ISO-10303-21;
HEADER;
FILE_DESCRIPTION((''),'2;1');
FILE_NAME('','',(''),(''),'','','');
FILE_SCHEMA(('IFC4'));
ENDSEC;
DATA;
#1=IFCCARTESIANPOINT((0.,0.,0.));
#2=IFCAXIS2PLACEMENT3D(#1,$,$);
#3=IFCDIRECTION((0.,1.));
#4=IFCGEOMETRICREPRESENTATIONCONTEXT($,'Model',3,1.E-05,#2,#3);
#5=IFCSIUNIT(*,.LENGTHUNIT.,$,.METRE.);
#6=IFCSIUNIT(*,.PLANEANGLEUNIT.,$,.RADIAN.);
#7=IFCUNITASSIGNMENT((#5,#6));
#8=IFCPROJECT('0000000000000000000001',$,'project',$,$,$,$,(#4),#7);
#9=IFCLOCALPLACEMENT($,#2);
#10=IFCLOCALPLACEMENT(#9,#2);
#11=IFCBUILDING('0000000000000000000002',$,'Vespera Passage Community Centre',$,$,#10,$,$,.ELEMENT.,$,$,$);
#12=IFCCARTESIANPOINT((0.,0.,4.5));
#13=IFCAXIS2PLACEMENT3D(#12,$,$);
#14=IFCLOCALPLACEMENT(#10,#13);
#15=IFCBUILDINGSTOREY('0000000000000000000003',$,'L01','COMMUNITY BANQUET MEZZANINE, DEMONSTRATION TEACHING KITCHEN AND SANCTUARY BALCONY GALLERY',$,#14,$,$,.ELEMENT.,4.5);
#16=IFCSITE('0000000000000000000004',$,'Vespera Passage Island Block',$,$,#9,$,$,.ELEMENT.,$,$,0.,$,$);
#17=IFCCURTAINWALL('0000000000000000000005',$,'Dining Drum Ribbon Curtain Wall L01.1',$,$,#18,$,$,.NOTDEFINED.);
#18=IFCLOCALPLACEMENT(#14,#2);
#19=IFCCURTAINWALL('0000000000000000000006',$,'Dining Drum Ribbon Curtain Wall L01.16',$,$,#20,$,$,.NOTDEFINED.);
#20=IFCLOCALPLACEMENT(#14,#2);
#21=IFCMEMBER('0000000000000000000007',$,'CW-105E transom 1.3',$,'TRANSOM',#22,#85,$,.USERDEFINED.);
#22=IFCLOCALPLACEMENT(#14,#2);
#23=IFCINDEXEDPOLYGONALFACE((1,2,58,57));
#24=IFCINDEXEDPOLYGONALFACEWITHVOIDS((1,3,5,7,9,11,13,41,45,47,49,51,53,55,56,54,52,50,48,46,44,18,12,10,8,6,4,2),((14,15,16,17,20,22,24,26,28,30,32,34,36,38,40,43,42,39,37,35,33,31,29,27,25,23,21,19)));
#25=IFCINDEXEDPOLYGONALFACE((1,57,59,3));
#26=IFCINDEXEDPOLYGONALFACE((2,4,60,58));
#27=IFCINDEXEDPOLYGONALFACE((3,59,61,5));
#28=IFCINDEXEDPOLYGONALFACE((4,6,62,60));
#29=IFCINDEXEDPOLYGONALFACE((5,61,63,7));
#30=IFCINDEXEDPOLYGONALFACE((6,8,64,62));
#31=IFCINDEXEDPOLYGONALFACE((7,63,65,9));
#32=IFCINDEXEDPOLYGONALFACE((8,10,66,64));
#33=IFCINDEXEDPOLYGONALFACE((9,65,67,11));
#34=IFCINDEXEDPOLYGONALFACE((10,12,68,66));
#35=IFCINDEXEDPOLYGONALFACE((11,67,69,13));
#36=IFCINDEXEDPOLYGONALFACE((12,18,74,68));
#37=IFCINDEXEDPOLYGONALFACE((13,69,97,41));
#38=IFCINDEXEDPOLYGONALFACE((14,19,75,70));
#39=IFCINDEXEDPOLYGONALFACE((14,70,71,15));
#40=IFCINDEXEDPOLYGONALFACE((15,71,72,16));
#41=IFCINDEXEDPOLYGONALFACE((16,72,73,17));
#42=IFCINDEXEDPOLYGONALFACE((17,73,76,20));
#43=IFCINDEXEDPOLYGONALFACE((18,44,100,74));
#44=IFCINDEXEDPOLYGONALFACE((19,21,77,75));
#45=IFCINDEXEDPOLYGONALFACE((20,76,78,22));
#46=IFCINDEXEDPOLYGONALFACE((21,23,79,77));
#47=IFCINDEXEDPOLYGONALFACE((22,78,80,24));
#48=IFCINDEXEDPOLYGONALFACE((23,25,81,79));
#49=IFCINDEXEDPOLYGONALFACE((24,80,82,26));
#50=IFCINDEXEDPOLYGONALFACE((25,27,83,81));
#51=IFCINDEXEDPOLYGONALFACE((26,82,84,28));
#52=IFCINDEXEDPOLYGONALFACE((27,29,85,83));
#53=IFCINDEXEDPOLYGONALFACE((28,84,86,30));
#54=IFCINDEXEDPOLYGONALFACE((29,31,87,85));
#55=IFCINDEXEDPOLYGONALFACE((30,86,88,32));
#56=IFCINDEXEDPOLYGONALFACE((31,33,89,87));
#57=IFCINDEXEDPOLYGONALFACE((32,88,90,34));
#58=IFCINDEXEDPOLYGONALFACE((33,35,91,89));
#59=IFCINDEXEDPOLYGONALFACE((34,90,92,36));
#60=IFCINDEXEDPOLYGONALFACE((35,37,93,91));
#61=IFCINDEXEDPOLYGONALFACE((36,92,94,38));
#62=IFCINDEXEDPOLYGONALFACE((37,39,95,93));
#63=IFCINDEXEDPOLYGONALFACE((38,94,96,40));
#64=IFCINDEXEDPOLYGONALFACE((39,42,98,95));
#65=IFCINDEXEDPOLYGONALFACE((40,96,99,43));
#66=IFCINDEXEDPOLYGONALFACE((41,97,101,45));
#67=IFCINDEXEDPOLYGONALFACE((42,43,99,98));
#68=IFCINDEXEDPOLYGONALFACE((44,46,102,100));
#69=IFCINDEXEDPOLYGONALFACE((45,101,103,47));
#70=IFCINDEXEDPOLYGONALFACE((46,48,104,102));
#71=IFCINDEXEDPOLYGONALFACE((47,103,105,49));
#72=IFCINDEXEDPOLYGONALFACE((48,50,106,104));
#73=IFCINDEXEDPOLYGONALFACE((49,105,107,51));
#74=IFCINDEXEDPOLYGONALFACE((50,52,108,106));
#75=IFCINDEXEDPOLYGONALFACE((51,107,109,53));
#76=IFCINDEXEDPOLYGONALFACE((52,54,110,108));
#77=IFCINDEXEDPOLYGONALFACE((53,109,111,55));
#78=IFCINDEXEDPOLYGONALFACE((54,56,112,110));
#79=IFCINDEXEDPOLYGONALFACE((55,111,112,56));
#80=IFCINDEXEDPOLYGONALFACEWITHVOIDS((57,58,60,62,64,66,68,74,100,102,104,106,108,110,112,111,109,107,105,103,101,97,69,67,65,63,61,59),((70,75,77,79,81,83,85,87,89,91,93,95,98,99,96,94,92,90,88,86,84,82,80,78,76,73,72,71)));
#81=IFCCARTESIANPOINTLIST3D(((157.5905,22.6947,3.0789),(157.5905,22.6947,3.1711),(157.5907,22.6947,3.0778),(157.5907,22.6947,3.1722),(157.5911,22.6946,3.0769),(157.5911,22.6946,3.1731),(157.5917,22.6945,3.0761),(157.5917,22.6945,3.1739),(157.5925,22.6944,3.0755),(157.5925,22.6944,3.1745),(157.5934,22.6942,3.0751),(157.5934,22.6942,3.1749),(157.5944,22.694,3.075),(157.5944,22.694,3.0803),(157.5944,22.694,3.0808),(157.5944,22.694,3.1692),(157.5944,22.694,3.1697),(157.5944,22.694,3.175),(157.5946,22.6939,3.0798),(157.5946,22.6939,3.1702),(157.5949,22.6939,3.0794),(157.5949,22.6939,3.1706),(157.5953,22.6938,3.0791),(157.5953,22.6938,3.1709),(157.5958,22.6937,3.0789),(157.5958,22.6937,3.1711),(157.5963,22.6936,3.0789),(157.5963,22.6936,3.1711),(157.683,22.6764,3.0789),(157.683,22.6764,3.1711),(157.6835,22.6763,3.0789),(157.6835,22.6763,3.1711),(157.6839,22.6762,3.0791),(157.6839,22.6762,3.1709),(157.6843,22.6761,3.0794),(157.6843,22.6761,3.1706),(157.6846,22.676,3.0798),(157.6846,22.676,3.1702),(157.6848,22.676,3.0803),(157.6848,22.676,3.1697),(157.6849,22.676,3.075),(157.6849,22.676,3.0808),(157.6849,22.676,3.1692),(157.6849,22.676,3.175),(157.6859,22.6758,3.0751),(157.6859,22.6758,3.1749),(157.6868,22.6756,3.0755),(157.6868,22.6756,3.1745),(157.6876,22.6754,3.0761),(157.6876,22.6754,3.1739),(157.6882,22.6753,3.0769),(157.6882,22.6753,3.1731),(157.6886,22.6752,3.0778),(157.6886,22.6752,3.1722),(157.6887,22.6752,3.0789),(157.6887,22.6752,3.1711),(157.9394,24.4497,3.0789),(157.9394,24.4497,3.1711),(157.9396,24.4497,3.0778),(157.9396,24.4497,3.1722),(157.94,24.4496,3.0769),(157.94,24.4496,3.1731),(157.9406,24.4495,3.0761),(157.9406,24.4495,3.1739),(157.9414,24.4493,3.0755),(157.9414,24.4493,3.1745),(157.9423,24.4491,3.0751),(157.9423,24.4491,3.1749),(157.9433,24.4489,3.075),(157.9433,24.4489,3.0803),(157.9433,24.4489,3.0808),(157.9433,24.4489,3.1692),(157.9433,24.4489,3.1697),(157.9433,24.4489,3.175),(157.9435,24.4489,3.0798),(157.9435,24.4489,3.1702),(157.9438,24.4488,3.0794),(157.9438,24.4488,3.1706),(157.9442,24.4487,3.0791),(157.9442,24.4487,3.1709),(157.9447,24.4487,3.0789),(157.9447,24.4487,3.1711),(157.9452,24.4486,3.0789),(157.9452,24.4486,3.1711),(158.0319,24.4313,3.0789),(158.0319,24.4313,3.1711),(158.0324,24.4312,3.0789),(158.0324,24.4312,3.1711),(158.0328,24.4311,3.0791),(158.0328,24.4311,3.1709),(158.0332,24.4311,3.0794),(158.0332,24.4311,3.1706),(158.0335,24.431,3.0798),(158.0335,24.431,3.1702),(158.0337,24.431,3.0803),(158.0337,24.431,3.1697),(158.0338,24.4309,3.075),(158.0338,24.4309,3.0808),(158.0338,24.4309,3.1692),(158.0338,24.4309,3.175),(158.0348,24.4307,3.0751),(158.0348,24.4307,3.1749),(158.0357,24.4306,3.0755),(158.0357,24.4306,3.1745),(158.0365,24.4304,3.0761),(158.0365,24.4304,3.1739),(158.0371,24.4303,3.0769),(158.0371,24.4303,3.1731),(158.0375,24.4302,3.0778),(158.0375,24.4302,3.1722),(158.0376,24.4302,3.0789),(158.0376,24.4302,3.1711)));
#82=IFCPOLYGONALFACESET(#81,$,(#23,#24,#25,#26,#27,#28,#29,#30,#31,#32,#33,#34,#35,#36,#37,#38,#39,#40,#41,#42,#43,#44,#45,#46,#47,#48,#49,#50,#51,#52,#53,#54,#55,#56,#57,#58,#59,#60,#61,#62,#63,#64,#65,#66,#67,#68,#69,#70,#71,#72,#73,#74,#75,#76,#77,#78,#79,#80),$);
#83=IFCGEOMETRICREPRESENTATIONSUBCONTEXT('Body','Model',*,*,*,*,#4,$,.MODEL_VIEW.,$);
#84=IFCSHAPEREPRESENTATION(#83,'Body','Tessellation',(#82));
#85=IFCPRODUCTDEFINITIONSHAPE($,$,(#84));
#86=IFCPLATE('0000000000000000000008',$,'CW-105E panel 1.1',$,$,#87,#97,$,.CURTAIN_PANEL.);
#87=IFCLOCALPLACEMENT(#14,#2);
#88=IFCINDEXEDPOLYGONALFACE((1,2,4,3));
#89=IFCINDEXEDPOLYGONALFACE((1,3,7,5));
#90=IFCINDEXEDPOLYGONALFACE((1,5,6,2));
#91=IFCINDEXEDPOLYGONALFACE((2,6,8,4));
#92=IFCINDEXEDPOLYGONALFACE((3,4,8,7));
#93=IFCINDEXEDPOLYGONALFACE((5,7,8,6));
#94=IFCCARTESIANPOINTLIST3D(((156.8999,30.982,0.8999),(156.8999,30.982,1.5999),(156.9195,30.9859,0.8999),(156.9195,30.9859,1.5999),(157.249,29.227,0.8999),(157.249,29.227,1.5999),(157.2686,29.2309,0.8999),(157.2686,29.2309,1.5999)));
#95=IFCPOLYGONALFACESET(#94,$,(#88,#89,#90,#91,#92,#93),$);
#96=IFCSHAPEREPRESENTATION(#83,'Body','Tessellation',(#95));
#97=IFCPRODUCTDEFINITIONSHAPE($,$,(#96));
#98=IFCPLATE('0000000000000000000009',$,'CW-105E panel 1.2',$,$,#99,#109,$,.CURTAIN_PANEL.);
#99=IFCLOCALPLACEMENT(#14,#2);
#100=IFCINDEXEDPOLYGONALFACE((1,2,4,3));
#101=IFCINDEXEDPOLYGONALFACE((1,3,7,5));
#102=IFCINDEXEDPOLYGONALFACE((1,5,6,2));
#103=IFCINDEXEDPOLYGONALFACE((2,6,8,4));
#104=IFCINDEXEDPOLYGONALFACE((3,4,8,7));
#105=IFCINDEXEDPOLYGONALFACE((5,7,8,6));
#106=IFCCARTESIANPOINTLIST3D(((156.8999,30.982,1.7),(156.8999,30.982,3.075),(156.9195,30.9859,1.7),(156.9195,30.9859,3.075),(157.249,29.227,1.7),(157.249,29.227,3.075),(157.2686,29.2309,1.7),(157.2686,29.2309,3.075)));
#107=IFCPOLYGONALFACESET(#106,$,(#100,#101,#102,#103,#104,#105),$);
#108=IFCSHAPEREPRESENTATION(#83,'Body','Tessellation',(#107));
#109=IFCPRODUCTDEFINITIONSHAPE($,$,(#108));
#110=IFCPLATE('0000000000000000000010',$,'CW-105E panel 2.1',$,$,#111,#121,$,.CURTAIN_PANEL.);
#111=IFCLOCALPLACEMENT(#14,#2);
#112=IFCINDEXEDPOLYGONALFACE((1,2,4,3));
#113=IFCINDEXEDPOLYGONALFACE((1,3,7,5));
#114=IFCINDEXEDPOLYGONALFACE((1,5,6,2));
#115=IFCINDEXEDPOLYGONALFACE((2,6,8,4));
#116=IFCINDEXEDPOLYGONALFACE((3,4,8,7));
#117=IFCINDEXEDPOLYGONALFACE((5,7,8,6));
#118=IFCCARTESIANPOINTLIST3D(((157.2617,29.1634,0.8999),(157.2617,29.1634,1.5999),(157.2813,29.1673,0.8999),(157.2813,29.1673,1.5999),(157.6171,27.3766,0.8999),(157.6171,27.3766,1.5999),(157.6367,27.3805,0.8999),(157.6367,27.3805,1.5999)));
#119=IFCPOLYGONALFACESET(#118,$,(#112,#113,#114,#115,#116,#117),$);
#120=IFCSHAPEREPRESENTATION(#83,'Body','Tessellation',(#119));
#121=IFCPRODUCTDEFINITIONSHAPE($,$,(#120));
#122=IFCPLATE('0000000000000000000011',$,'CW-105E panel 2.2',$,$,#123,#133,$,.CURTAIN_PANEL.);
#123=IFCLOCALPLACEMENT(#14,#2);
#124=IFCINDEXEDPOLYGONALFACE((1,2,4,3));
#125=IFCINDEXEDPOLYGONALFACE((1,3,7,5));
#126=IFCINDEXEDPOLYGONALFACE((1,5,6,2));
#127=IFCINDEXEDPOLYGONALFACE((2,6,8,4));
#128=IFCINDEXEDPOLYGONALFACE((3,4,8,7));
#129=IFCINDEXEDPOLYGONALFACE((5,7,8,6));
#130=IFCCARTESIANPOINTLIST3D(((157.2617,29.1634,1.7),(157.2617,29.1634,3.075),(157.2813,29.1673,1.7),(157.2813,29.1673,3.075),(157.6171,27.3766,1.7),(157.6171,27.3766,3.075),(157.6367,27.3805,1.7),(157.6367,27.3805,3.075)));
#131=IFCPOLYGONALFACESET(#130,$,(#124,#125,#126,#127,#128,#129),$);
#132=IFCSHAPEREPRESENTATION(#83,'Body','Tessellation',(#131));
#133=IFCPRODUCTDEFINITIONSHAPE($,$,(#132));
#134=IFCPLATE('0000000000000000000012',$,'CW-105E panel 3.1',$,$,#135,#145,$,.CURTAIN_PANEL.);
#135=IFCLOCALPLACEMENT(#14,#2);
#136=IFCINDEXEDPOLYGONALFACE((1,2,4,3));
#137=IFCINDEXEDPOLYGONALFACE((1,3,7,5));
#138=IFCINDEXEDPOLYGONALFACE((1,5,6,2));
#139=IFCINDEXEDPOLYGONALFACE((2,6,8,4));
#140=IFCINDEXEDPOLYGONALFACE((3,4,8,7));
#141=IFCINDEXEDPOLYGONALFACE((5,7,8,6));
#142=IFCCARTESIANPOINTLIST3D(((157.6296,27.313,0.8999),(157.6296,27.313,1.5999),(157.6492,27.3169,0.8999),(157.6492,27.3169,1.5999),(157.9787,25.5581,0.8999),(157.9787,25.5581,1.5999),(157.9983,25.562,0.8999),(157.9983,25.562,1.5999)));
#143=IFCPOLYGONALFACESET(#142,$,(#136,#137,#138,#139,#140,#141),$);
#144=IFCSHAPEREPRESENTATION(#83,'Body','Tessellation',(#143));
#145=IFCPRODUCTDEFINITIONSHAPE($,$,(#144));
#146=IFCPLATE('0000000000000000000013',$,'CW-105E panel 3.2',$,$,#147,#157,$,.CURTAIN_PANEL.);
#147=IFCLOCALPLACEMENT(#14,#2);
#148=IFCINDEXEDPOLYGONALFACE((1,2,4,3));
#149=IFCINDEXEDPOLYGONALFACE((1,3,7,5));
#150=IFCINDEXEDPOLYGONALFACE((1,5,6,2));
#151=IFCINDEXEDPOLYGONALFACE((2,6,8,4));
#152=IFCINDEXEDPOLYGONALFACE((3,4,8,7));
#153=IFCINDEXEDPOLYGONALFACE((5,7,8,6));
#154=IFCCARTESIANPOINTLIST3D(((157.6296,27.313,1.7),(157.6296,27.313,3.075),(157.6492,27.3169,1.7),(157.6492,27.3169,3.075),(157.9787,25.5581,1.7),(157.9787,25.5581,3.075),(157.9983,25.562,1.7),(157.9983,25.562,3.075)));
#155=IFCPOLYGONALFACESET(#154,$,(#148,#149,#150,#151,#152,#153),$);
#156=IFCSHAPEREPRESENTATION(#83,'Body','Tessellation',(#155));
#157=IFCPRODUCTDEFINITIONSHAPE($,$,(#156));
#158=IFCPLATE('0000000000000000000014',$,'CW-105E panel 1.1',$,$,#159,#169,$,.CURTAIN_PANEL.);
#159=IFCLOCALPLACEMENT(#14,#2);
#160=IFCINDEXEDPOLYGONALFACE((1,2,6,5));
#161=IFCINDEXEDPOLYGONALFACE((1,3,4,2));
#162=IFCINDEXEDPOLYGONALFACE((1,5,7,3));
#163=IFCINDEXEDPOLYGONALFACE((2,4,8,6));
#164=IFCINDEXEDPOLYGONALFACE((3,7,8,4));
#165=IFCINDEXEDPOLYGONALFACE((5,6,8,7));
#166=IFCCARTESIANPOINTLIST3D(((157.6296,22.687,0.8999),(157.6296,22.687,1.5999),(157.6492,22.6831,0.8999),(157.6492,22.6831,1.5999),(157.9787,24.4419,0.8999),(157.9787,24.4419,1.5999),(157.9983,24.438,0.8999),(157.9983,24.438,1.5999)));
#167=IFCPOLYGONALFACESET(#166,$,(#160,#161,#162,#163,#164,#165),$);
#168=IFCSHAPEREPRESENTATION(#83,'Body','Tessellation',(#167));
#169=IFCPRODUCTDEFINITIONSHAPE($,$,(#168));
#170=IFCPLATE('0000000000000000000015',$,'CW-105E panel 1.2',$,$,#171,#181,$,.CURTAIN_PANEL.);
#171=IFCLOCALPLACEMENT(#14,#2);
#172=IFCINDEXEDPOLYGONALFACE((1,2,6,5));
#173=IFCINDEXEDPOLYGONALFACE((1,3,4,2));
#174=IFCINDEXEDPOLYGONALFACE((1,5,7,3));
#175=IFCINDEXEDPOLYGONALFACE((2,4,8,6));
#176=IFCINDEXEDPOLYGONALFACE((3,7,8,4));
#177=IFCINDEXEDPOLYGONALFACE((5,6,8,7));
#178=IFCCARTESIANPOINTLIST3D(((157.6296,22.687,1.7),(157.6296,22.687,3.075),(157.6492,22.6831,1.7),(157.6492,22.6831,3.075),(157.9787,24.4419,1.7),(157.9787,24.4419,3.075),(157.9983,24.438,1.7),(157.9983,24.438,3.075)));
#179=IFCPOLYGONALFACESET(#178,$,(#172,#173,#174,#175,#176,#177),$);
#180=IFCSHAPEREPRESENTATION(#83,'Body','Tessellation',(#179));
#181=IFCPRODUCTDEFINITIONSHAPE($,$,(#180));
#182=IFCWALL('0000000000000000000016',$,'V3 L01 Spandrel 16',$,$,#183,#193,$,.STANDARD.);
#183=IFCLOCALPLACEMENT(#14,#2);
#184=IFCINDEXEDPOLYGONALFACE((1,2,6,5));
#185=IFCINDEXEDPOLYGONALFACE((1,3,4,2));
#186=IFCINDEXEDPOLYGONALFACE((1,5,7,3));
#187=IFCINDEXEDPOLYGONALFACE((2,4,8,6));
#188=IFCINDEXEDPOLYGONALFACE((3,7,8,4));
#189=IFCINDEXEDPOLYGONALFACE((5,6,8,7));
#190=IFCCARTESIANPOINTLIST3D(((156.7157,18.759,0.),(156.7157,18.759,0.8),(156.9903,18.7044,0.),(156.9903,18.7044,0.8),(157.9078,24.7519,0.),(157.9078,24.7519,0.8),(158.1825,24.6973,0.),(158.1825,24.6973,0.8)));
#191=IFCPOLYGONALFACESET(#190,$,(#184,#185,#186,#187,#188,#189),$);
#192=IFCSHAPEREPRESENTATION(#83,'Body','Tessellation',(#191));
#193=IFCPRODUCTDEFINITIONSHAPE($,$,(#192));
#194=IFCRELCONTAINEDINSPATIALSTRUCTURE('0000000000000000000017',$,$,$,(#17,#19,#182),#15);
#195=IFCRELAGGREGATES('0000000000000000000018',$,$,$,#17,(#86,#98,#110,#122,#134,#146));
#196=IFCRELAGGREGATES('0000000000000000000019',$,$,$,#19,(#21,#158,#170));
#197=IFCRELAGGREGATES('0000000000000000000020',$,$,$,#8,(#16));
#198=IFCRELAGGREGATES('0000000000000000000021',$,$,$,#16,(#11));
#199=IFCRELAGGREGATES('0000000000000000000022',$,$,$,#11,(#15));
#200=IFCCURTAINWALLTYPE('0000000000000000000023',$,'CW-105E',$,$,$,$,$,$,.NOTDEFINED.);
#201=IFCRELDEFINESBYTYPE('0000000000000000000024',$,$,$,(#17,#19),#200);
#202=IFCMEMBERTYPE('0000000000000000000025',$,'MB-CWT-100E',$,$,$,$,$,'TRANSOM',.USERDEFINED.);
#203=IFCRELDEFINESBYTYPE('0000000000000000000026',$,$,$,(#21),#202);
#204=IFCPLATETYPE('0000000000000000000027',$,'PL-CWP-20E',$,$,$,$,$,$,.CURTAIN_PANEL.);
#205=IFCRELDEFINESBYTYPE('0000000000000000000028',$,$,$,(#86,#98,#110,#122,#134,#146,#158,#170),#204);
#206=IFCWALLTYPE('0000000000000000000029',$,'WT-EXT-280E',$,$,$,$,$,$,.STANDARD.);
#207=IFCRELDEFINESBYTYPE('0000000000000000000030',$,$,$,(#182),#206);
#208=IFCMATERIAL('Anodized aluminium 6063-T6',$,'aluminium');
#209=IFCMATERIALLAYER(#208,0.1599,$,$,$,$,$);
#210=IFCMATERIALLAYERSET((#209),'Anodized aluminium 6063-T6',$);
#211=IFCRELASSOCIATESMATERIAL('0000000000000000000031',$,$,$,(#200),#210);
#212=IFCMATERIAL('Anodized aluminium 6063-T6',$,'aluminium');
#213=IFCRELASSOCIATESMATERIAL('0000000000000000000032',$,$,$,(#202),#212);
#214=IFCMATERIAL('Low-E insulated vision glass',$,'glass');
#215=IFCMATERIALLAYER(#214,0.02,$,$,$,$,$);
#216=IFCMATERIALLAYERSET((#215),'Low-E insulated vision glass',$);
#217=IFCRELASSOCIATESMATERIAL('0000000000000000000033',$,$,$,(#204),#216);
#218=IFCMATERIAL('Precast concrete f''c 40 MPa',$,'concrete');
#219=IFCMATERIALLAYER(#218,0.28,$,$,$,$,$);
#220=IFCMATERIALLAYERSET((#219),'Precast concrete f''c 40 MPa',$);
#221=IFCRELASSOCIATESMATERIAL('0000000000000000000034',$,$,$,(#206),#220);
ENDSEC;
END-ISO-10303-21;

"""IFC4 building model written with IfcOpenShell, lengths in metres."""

from ifc_helpers import new_model, si_unit, direction, frame, frame_2d, origin, origin_2d, place, context, subcontext, project, spatial, rectangle, hollow_rectangle, extrude, material, layer, layer_set, material_profile, profile_set, type_object, element, aggregate, save


model = new_model("IFC4")

# Units and contexts
model_context = context("Model", 3, precision=1e-05, world=origin(), true_north=direction((0.0, 1.0)))
body_context = subcontext(model_context, "Body", "Model", "MODEL_VIEW")
ifc_project = project(units=[si_unit("LENGTHUNIT", "METRE"), si_unit("PLANEANGLEUNIT", "RADIAN")], contexts=[model_context])

# Site, building, storey
site_placement = place(None, origin())
site = spatial("IfcSite", under=ifc_project, at=site_placement, Name="Vespera Passage Island Block", CompositionType="ELEMENT", RefElevation=0.0)
building_placement = place(site_placement, origin())
building = spatial("IfcBuilding", under=site, at=building_placement, Name="Vespera Passage Community Centre", CompositionType="ELEMENT")
storey_placement = place(building_placement, frame((0.0, 0.0, 4.5)))
storey = spatial("IfcBuildingStorey", under=building, at=storey_placement, Name="L01", Description="COMMUNITY BANQUET MEZZANINE, DEMONSTRATION TEACHING KITCHEN AND SANCTUARY BALCONY GALLERY", CompositionType="ELEMENT", Elevation=4.5)

# Curtain wall
ifc_material_1 = material(Name="Anodized aluminium 6063-T6", Category="aluminium")
ifc_layer_1 = layer(ifc_material_1, 0.1599)
ifc_layer_set_1 = layer_set([ifc_layer_1], Name="Anodized aluminium 6063-T6")
curtain_wall_type = type_object("IfcCurtainWallType", Name="CW-105E", PredefinedType="NOTDEFINED", material=ifc_layer_set_1)
curtain_wall_1_placement = place(storey_placement, origin())
curtain_wall_1 = element("IfcCurtainWall", 1, at=curtain_wall_1_placement, inside=storey, type_object=curtain_wall_type, Name="Dining Drum Ribbon Curtain Wall L01.1", PredefinedType="NOTDEFINED")

# Curtain wall
curtain_wall_2_placement = place(storey_placement, origin())
curtain_wall_2 = element("IfcCurtainWall", 2, at=curtain_wall_2_placement, inside=storey, type_object=curtain_wall_type, Name="Dining Drum Ribbon Curtain Wall L01.16", PredefinedType="NOTDEFINED")

# Member
ifc_material_2 = material(Name="Anodized aluminium 6063-T6", Category="aluminium")
ifc_material_profile_1 = material_profile(ifc_material_2, hollow_rectangle(XDim=0.1001, YDim=0.1001, WallThickness=0.0039, InnerFilletRadius=0.002, OuterFilletRadius=0.0039, at=origin_2d()), Name="ALU100X100X4")
ifc_profile_set_1 = profile_set([ifc_material_profile_1], Name="Anodized aluminium 6063-T6")
member_type_1 = type_object("IfcMemberType", Name="MB-CWT-100E", ElementType="TRANSOM", PredefinedType="USERDEFINED", material=ifc_profile_set_1)
member_1_placement = place(storey_placement, frame((157.9885, 24.4399, 3.125), z_axis=(-0.194988, -0.980806, 0.0), x_axis=(0.980806, -0.194988, 0.0)))
member_1 = element("IfcMember", 3, at=member_1_placement, type_object=member_type_1, Name="CW-105E transom 1.3", ObjectType="TRANSOM", PredefinedType="USERDEFINED", context=body_context, shape_type="SweptSolid", body=[
    extrude(hollow_rectangle(XDim=0.1001, YDim=0.1001, WallThickness=0.0039, InnerFilletRadius=0.002, OuterFilletRadius=0.0039, at=origin_2d()), origin(), (0.0, 0.0, 1.0), 1.7893),
])

# Plates
ifc_material_3 = material(Name="Low-E insulated vision glass", Category="glass")
ifc_layer_2 = layer(ifc_material_3, 0.02)
ifc_layer_set_2 = layer_set([ifc_layer_2], Name="Low-E insulated vision glass")
plate_type = type_object("IfcPlateType", Name="PL-CWP-20E", PredefinedType="CURTAIN_PANEL", material=ifc_layer_set_2)
plate_1_placement = place(storey_placement, frame((157.0842, 30.1064, 0.8999), z_axis=(0.0, 0.0, 1.0), x_axis=(0.195097, -0.980784, 0.0)))
plate_1 = element("IfcPlate", 4, at=plate_1_placement, type_object=plate_type, Name="CW-105E panel 1.1", PredefinedType="CURTAIN_PANEL", context=body_context, shape_type="SweptSolid", body=[
    extrude(rectangle(XDim=1.7893, YDim=0.02, at=origin_2d()), origin(), (0.0, 0.0, 1.0), 0.7),
])
plate_2_placement = place(storey_placement, frame((157.0842, 30.1064, 1.7), z_axis=(0.0, 0.0, 1.0), x_axis=(0.195097, -0.980784, 0.0)))
plate_2 = element("IfcPlate", 5, at=plate_2_placement, type_object=plate_type, Name="CW-105E panel 1.2", PredefinedType="CURTAIN_PANEL", context=body_context, shape_type="SweptSolid", body=[
    extrude(rectangle(XDim=1.7893, YDim=0.02, at=origin_2d()), origin(), (0.0, 0.0, 1.0), 1.375),
])
plate_3_placement = place(storey_placement, frame((157.4492, 28.272, 0.8999), z_axis=(0.0, 0.0, 1.0), x_axis=(0.195097, -0.980784, 0.0)))
plate_3 = element("IfcPlate", 6, at=plate_3_placement, type_object=plate_type, Name="CW-105E panel 2.1", PredefinedType="CURTAIN_PANEL", context=body_context, shape_type="SweptSolid", body=[
    extrude(rectangle(XDim=1.8218, YDim=0.02, at=origin_2d()), origin(), (0.0, 0.0, 1.0), 0.7),
])
plate_4_placement = place(storey_placement, frame((157.4492, 28.272, 1.7), z_axis=(0.0, 0.0, 1.0), x_axis=(0.195097, -0.980784, 0.0)))
plate_4 = element("IfcPlate", 7, at=plate_4_placement, type_object=plate_type, Name="CW-105E panel 2.2", PredefinedType="CURTAIN_PANEL", context=body_context, shape_type="SweptSolid", body=[
    extrude(rectangle(XDim=1.8218, YDim=0.02, at=origin_2d()), origin(), (0.0, 0.0, 1.0), 1.375),
])
plate_5_placement = place(storey_placement, frame((157.814, 26.4375, 0.8999), z_axis=(0.0, 0.0, 1.0), x_axis=(0.195097, -0.980784, 0.0)))
plate_5 = element("IfcPlate", 8, at=plate_5_placement, type_object=plate_type, Name="CW-105E panel 3.1", PredefinedType="CURTAIN_PANEL", context=body_context, shape_type="SweptSolid", body=[
    extrude(rectangle(XDim=1.7893, YDim=0.02, at=origin_2d()), origin(), (0.0, 0.0, 1.0), 0.7),
])
plate_6_placement = place(storey_placement, frame((157.814, 26.4375, 1.7), z_axis=(0.0, 0.0, 1.0), x_axis=(0.195097, -0.980784, 0.0)))
plate_6 = element("IfcPlate", 9, at=plate_6_placement, type_object=plate_type, Name="CW-105E panel 3.2", PredefinedType="CURTAIN_PANEL", context=body_context, shape_type="SweptSolid", body=[
    extrude(rectangle(XDim=1.7893, YDim=0.02, at=origin_2d()), origin(), (0.0, 0.0, 1.0), 1.375),
])
aggregate(curtain_wall_1, [plate_1, plate_2, plate_3, plate_4, plate_5, plate_6])
plate_7_placement = place(storey_placement, frame((157.814, 23.5625, 0.8999), z_axis=(0.0, 0.0, 1.0), x_axis=(-0.195097, -0.980784, 0.0)))
plate_7 = element("IfcPlate", 10, at=plate_7_placement, type_object=plate_type, Name="CW-105E panel 1.1", PredefinedType="CURTAIN_PANEL", context=body_context, shape_type="SweptSolid", body=[
    extrude(rectangle(XDim=1.7893, YDim=0.02, at=origin_2d()), origin(), (0.0, 0.0, 1.0), 0.7),
])
plate_8_placement = place(storey_placement, frame((157.814, 23.5625, 1.7), z_axis=(0.0, 0.0, 1.0), x_axis=(-0.195097, -0.980784, 0.0)))
plate_8 = element("IfcPlate", 11, at=plate_8_placement, type_object=plate_type, Name="CW-105E panel 1.2", PredefinedType="CURTAIN_PANEL", context=body_context, shape_type="SweptSolid", body=[
    extrude(rectangle(XDim=1.7893, YDim=0.02, at=origin_2d()), origin(), (0.0, 0.0, 1.0), 1.375),
])
aggregate(curtain_wall_2, [member_1, plate_7, plate_8])

# Wall
ifc_material_4 = material(Name="Precast concrete f'c 40 MPa", Category="concrete")
ifc_layer_3 = layer(ifc_material_4, 0.28)
ifc_layer_set_3 = layer_set([ifc_layer_3], Name="Precast concrete f'c 40 MPa")
wall_type = type_object("IfcWallType", Name="WT-EXT-280E", PredefinedType="STANDARD", material=ifc_layer_set_3)
wall_placement = place(storey_placement, frame((158.0452, 24.7246, 0.0), z_axis=(0.0, 0.0, 1.0), x_axis=(-0.195102, -0.980783, 0.0)))
element("IfcWall", 12, at=wall_placement, inside=storey, type_object=wall_type, Name="V3 L01 Spandrel 16", PredefinedType="STANDARD", context=body_context, shape_type="SweptSolid", body=[
    extrude(rectangle(XDim=6.1104, YDim=0.28, at=frame_2d((3.0552, 0.0))), origin(), (0.0, 0.0, 1.0), 0.8),
])

save(model, "model.ifc")
